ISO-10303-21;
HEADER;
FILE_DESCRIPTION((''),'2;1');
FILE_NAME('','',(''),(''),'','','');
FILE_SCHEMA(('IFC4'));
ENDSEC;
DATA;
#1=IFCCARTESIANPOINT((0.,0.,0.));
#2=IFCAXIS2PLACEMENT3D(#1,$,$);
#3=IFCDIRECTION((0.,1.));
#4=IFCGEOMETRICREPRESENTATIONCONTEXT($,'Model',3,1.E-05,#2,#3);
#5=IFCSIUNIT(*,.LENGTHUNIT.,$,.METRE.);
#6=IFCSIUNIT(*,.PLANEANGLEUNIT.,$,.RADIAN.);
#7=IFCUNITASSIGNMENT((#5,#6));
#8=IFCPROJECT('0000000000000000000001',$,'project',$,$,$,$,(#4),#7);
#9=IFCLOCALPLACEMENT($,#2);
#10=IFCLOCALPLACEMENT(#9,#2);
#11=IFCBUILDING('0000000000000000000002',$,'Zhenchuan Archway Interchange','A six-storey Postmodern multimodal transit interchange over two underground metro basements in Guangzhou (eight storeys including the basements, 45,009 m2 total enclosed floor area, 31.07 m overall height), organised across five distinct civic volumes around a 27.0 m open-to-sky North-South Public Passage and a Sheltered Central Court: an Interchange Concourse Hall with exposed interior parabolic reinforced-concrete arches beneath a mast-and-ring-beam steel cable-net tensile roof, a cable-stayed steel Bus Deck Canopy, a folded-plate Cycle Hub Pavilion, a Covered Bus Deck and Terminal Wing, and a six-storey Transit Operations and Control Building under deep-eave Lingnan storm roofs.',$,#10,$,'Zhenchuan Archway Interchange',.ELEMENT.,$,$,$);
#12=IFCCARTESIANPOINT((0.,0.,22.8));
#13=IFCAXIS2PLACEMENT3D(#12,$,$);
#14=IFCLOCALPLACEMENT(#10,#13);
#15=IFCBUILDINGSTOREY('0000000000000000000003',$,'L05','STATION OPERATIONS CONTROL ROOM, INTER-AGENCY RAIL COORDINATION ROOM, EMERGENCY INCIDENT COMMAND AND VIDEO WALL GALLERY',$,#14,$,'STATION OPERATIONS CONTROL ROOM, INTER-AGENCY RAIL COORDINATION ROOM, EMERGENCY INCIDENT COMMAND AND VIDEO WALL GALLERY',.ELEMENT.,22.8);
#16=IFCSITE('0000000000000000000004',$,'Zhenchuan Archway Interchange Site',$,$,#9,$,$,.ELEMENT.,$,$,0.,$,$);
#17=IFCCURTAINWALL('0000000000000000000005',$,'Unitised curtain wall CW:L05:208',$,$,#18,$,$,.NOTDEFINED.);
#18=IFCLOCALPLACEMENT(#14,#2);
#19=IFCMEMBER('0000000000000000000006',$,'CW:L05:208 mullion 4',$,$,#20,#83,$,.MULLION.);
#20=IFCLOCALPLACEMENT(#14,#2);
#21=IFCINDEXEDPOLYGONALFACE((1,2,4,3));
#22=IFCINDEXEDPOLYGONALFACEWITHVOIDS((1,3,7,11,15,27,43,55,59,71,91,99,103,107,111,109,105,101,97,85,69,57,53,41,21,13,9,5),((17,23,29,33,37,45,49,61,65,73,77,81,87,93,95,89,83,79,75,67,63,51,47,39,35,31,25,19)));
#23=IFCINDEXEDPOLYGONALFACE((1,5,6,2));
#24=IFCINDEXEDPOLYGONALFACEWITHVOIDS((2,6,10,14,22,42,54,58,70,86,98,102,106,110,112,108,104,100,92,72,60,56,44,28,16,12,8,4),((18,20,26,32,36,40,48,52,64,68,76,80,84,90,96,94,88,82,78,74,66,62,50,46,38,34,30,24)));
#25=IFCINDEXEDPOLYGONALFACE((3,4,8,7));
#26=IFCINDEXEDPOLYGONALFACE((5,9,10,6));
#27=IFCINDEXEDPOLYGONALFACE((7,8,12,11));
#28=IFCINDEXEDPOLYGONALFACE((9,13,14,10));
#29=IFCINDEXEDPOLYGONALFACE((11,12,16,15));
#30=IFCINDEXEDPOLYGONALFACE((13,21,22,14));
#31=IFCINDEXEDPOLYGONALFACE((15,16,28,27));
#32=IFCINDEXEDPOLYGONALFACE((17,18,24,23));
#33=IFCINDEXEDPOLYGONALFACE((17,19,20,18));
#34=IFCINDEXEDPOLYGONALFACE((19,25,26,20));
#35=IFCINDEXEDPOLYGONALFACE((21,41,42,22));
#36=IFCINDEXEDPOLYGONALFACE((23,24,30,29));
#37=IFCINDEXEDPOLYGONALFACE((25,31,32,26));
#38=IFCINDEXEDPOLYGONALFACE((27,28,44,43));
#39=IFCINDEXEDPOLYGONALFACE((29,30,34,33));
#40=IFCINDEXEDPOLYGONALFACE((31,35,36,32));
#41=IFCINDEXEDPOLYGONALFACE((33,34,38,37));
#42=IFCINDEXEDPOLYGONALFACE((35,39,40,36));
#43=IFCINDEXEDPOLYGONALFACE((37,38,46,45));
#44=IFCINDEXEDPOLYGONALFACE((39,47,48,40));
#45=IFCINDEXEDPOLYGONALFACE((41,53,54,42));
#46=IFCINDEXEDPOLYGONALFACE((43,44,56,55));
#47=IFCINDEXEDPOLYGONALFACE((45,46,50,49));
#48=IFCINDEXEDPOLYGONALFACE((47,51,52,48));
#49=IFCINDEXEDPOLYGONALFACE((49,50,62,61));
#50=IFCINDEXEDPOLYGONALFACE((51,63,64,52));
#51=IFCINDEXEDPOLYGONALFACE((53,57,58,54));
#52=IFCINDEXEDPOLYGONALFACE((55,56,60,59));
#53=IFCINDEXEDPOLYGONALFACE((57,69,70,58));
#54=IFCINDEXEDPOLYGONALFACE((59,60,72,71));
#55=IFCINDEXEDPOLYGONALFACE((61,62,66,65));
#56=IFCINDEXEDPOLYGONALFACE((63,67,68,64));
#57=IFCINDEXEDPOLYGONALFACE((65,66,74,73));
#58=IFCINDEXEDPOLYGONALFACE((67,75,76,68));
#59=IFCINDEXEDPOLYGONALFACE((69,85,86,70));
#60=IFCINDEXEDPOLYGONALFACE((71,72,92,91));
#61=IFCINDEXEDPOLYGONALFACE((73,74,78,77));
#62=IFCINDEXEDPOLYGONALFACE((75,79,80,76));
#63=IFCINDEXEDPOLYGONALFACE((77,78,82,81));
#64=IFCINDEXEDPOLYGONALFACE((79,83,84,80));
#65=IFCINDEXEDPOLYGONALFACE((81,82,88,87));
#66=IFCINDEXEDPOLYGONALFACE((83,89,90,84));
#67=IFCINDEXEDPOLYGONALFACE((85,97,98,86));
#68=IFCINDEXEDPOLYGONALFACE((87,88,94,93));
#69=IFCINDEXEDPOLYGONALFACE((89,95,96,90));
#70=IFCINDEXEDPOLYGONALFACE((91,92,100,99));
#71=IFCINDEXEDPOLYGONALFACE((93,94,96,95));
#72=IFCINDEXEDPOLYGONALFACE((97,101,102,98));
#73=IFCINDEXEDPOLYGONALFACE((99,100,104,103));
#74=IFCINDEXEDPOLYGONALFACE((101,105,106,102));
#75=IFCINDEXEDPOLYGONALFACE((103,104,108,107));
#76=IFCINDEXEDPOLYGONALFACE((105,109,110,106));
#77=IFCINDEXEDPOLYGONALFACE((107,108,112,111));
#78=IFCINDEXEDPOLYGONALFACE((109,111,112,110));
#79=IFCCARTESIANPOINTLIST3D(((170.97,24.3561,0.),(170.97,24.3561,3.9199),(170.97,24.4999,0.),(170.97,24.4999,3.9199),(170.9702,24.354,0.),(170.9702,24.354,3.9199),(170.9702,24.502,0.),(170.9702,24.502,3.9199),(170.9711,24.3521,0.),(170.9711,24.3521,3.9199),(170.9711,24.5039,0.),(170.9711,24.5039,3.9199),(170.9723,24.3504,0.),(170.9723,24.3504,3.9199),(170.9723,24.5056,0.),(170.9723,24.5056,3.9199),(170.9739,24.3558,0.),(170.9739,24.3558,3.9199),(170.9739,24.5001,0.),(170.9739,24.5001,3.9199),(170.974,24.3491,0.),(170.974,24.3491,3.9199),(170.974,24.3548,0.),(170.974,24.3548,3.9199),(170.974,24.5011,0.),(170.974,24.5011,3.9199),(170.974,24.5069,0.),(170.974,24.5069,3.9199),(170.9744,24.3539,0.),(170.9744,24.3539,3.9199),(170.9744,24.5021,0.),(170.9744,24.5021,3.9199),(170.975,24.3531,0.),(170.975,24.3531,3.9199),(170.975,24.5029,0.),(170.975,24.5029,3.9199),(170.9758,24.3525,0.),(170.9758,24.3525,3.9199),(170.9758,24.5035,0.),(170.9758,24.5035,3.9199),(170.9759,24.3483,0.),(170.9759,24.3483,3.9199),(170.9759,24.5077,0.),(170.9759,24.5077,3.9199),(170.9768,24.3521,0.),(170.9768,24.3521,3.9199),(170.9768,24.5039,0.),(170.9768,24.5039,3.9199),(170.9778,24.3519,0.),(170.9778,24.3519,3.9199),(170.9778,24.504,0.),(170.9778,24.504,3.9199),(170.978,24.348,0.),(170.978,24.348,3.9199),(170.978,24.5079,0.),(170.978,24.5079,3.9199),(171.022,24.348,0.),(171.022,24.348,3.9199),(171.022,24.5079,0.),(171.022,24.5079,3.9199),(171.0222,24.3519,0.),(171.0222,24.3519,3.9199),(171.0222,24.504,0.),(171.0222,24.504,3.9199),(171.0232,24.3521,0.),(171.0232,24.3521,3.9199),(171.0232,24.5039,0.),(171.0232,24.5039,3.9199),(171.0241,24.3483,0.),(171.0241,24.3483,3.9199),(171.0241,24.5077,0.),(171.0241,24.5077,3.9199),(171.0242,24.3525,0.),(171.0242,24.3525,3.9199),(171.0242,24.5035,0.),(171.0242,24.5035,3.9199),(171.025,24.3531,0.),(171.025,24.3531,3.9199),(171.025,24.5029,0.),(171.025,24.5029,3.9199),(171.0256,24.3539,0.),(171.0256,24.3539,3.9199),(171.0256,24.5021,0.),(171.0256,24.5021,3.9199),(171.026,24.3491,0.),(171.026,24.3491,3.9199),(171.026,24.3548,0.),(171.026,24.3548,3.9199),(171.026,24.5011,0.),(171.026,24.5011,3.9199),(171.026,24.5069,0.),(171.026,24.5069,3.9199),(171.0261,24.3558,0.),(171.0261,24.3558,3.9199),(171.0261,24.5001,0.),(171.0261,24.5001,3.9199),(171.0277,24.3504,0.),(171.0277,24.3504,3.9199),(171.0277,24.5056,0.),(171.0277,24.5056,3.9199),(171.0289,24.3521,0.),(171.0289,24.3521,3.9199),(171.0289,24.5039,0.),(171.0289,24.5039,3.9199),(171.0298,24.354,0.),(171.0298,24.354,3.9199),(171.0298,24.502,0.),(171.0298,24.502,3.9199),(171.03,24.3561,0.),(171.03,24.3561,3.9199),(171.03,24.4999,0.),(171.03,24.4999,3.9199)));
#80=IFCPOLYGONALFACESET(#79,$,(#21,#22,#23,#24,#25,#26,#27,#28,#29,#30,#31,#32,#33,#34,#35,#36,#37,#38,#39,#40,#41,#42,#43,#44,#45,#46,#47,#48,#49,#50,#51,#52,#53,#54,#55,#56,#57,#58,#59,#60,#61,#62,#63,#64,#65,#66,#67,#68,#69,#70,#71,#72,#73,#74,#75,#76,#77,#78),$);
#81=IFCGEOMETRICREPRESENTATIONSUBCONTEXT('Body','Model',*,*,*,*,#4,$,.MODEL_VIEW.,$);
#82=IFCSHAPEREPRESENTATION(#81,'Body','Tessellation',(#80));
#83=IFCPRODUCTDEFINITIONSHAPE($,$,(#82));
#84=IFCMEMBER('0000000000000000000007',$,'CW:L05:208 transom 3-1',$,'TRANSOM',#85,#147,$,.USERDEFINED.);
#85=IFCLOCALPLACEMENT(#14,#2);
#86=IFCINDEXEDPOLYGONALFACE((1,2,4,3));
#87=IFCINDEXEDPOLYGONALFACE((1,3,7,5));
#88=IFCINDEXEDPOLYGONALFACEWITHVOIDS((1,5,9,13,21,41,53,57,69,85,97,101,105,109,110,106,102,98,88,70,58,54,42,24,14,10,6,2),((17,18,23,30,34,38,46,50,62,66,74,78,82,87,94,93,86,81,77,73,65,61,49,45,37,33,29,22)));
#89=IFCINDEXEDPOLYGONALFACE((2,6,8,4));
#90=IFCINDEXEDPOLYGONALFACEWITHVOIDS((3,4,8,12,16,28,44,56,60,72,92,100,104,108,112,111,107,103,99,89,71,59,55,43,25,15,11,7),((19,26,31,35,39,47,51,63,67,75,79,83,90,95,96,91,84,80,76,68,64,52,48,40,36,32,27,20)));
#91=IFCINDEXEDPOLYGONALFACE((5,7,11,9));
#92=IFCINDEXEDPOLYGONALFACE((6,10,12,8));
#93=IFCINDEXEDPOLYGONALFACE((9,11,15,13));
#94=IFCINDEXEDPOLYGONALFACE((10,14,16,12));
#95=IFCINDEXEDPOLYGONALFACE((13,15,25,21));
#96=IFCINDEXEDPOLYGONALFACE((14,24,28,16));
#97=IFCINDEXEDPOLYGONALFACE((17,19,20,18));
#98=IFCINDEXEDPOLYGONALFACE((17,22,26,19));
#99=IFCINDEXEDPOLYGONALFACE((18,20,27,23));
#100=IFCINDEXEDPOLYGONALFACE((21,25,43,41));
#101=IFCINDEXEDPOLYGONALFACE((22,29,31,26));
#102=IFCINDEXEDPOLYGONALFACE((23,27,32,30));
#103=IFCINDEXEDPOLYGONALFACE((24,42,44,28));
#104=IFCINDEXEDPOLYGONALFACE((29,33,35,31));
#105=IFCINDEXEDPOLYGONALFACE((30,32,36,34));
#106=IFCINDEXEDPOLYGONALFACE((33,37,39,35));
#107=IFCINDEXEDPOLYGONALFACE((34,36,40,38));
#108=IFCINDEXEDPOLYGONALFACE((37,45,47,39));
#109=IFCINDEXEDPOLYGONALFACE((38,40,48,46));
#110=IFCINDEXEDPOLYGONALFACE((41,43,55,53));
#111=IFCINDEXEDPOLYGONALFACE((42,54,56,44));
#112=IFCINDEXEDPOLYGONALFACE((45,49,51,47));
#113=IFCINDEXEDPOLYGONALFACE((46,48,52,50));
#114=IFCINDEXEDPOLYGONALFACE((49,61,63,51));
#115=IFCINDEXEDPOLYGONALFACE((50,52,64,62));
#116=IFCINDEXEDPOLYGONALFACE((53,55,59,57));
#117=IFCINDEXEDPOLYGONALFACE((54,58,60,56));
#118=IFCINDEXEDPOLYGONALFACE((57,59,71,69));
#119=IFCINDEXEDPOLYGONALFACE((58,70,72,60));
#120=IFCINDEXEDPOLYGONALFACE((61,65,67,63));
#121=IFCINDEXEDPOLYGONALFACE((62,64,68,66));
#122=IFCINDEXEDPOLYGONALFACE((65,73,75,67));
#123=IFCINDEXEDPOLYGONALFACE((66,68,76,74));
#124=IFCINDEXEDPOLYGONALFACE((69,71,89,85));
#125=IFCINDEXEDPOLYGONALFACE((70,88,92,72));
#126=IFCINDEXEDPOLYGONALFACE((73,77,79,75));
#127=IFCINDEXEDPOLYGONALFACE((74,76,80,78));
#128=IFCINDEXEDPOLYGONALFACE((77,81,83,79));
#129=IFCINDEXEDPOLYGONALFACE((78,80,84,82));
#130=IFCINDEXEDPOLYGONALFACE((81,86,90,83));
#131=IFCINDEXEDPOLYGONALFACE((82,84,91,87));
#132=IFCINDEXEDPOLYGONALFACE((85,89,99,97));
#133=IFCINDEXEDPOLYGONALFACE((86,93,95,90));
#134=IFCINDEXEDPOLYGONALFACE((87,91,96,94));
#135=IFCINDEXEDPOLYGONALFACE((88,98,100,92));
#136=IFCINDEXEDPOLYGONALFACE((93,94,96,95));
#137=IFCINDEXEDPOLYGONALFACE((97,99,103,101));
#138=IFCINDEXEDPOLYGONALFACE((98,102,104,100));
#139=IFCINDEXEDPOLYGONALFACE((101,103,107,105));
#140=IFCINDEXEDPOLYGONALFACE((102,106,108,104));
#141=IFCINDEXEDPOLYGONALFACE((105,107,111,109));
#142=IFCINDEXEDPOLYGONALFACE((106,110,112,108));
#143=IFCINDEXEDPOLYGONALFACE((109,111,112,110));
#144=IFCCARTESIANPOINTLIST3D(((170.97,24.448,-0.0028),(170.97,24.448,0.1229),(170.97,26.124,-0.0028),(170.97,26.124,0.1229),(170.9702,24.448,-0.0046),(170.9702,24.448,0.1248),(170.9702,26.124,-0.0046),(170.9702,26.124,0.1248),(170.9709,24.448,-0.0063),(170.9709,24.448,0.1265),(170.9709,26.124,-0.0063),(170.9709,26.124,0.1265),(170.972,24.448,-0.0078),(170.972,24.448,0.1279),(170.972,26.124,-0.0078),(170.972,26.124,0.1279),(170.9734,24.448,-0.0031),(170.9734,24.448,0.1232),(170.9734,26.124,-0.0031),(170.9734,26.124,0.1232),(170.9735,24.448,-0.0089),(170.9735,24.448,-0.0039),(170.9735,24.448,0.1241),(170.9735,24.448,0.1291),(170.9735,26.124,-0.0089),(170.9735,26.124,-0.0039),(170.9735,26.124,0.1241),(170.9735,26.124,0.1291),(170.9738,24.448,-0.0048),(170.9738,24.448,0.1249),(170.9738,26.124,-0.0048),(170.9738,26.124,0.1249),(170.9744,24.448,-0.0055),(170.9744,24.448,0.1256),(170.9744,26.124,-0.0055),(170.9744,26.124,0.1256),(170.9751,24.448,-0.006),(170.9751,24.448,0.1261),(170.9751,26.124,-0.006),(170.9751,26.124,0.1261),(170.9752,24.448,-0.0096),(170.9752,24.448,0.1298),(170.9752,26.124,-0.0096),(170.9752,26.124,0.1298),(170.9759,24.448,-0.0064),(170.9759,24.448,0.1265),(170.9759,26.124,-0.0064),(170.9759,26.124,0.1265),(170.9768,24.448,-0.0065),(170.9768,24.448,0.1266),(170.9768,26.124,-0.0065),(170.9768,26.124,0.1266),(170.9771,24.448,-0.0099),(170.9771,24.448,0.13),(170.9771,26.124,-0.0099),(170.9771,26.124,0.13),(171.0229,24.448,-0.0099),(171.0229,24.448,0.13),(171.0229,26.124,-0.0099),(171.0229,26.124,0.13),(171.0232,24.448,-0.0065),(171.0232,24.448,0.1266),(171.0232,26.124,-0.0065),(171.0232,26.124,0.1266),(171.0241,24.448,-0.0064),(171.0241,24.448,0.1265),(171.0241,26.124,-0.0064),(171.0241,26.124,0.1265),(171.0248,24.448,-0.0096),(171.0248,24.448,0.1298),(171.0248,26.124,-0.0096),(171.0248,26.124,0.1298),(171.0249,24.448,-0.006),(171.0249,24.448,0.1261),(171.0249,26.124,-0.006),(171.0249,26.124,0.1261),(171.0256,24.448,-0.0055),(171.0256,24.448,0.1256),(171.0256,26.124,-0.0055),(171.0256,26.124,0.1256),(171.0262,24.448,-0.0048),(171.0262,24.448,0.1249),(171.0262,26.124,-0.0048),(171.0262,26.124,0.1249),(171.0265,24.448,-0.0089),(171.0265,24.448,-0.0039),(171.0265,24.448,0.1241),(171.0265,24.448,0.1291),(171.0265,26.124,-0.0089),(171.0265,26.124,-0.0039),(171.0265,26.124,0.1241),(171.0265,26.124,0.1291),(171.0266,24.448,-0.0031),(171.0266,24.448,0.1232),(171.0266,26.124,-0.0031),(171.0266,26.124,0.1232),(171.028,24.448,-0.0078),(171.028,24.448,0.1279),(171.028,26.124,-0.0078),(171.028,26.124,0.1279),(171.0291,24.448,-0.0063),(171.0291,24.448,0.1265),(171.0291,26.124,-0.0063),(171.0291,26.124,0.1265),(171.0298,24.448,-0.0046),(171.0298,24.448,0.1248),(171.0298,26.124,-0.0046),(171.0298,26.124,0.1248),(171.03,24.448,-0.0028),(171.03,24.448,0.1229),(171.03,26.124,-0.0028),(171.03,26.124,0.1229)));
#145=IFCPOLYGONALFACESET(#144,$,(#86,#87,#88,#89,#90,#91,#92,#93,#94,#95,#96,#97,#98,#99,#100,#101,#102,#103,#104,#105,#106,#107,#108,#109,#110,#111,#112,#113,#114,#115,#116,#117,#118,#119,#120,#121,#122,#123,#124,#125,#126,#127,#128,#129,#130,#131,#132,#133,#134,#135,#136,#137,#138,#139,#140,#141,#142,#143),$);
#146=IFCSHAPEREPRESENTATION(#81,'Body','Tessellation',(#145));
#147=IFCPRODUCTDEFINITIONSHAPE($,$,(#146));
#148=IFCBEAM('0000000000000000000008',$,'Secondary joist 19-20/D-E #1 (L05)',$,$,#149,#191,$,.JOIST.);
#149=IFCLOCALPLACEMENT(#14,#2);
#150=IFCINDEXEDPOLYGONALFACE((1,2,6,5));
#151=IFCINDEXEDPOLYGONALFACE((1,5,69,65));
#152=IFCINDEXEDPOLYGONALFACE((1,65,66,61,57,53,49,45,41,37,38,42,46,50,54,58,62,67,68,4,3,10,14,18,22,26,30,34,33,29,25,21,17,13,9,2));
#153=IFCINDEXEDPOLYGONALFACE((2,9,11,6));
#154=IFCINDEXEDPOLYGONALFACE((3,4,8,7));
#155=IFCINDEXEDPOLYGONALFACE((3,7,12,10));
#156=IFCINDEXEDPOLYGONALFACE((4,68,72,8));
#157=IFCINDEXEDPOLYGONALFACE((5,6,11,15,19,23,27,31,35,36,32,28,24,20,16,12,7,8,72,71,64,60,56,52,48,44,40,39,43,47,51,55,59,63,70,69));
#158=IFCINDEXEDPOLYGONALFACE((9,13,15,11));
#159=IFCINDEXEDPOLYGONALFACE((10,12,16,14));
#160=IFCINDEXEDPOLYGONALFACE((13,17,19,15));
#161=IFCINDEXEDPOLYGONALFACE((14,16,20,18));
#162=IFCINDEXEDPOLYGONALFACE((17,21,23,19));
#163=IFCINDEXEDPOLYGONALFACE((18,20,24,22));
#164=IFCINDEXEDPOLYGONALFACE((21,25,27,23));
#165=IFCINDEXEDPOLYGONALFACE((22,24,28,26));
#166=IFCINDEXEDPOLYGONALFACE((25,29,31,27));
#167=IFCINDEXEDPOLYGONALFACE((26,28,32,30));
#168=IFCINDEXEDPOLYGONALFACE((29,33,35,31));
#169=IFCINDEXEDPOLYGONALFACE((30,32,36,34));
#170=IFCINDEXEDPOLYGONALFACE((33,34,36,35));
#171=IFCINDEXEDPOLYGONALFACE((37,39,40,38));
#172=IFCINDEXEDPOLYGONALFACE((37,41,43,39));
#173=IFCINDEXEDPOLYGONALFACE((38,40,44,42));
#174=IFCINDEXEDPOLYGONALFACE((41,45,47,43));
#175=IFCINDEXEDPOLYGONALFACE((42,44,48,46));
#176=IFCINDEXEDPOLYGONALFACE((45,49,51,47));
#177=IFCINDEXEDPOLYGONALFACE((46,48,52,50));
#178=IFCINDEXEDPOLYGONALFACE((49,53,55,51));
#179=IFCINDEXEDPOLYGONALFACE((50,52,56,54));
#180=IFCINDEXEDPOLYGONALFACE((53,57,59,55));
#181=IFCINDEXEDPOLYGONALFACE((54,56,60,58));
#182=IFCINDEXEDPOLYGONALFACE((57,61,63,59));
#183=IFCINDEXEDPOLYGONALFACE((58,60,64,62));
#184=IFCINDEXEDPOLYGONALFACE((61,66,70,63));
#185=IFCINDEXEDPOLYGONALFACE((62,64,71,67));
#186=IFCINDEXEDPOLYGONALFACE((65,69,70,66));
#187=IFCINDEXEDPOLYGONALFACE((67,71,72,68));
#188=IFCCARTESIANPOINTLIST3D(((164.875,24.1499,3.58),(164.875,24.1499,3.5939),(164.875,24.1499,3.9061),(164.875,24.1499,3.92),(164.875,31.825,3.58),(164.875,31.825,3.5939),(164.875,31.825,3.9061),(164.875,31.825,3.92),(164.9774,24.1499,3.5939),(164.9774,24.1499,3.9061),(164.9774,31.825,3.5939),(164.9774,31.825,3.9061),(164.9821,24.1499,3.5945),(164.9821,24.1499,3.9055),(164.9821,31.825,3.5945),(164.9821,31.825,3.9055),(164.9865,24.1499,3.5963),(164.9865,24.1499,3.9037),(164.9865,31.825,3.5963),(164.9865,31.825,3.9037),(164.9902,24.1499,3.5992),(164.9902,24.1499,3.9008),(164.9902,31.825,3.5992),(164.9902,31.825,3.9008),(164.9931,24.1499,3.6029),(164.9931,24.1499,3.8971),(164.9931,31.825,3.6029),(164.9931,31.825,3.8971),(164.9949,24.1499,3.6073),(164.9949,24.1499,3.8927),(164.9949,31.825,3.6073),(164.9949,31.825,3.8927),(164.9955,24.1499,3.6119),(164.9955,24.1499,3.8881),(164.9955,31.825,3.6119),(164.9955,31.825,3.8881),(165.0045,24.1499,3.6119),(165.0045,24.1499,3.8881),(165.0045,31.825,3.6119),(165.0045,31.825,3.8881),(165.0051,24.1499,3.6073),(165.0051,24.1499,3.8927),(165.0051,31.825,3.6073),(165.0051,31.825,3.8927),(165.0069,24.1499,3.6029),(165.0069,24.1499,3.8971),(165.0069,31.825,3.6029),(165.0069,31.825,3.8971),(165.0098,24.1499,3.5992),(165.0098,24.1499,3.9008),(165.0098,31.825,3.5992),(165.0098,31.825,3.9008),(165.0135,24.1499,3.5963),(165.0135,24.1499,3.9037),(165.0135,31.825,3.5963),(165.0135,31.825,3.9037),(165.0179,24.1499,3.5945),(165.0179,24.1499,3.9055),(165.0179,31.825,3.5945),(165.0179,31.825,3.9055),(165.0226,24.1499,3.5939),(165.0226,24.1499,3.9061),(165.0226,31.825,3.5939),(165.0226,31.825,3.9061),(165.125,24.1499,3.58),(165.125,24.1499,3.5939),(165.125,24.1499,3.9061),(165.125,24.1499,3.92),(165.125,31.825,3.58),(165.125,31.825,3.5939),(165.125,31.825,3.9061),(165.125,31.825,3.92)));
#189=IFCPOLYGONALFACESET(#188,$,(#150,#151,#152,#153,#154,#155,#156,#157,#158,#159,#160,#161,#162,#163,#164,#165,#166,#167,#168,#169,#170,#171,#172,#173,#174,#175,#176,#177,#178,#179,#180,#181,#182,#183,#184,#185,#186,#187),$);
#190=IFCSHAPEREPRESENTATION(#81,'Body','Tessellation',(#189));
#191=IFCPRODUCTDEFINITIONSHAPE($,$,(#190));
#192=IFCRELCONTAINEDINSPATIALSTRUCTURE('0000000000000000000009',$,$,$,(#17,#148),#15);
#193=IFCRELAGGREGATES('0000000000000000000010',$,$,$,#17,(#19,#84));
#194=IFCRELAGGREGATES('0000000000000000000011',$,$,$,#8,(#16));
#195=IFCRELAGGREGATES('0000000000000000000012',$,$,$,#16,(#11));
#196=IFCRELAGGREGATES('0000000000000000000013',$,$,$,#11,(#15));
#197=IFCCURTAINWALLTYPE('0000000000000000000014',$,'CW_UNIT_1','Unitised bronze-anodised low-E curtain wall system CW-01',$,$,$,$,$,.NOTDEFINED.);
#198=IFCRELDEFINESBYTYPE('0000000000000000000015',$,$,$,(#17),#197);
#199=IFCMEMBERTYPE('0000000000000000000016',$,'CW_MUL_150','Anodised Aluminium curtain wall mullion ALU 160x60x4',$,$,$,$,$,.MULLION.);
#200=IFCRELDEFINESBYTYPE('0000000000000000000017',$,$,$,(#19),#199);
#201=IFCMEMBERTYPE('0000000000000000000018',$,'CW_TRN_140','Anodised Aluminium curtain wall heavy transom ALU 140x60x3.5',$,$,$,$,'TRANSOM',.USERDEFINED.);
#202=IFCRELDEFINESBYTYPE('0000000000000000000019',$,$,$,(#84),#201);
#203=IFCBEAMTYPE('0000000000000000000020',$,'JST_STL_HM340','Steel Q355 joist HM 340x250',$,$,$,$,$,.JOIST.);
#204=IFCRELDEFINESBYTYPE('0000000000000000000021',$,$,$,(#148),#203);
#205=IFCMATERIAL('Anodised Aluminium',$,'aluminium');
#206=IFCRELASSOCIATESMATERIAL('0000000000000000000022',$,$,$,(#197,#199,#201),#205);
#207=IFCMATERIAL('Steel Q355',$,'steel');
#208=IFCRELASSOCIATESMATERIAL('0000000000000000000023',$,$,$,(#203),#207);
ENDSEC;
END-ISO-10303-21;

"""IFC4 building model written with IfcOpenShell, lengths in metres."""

from ifc_helpers import new_model, si_unit, direction, frame, origin, origin_2d, place, context, subcontext, project, spatial, hollow_rectangle, i_section, extrude, material, material_profile, profile_set, type_object, element, aggregate, save


model = new_model("IFC4")

# Units and contexts
model_context = context("Model", 3, precision=1e-05, world=origin(), true_north=direction((0.0, 1.0)))
body_context = subcontext(model_context, "Body", "Model", "MODEL_VIEW")
ifc_project = project(units=[si_unit("LENGTHUNIT", "METRE"), si_unit("PLANEANGLEUNIT", "RADIAN")], contexts=[model_context])

# Site, building, storey
site_placement = place(None, origin())
site = spatial("IfcSite", under=ifc_project, at=site_placement, Name="Zhenchuan Archway Interchange Site", CompositionType="ELEMENT", RefElevation=0.0)
building_placement = place(site_placement, origin())
building = spatial("IfcBuilding", under=site, at=building_placement, Name="Zhenchuan Archway Interchange", Description="A six-storey Postmodern multimodal transit interchange over two underground metro basements in Guangzhou (eight storeys including the basements, 45,009 m2 total enclosed floor area, 31.07 m overall height), organised across five distinct civic volumes around a 27.0 m open-to-sky North-South Public Passage and a Sheltered Central Court: an Interchange Concourse Hall with exposed interior parabolic reinforced-concrete arches beneath a mast-and-ring-beam steel cable-net tensile roof, a cable-stayed steel Bus Deck Canopy, a folded-plate Cycle Hub Pavilion, a Covered Bus Deck and Terminal Wing, and a six-storey Transit Operations and Control Building under deep-eave Lingnan storm roofs.", LongName="Zhenchuan Archway Interchange", CompositionType="ELEMENT")
storey_placement = place(building_placement, frame((0.0, 0.0, 22.8)))
storey = spatial("IfcBuildingStorey", under=building, at=storey_placement, Name="L05", Description="STATION OPERATIONS CONTROL ROOM, INTER-AGENCY RAIL COORDINATION ROOM, EMERGENCY INCIDENT COMMAND AND VIDEO WALL GALLERY", LongName="STATION OPERATIONS CONTROL ROOM, INTER-AGENCY RAIL COORDINATION ROOM, EMERGENCY INCIDENT COMMAND AND VIDEO WALL GALLERY", CompositionType="ELEMENT", Elevation=22.8)

# Shared definitions
ifc_material_1 = material(Name="Steel Q355", Category="steel")

# Curtain wall, members
ifc_material_2 = material(Name="Anodised Aluminium", Category="aluminium")
curtain_wall_type = type_object("IfcCurtainWallType", Name="CW_UNIT_1", Description="Unitised bronze-anodised low-E curtain wall system CW-01", PredefinedType="NOTDEFINED", material=ifc_material_2)
curtain_wall_placement = place(storey_placement, origin())
curtain_wall = element("IfcCurtainWall", 1, at=curtain_wall_placement, inside=storey, type_object=curtain_wall_type, Name="Unitised curtain wall CW:L05:208", PredefinedType="NOTDEFINED")
ifc_material_profile_1 = material_profile(ifc_material_2, hollow_rectangle(XDim=0.0601, YDim=0.1599, WallThickness=0.0039, InnerFilletRadius=0.0039, OuterFilletRadius=0.0081, at=origin_2d()), Name="ALU 160x60x4")
ifc_profile_set_1 = profile_set([ifc_material_profile_1], Name="Anodised Aluminium")
member_type_1 = type_object("IfcMemberType", Name="CW_MUL_150", Description="Anodised Aluminium curtain wall mullion ALU 160x60x4", PredefinedType="MULLION", material=ifc_profile_set_1)
member_1_placement = place(storey_placement, frame((171.0, 24.428, 0.0), z_axis=(0.0, 0.0, 1.0), x_axis=(1.0, 0.0, 0.0)))
member_1 = element("IfcMember", 2, at=member_1_placement, type_object=member_type_1, Name="CW:L05:208 mullion 4", PredefinedType="MULLION", context=body_context, shape_type="SweptSolid", body=[
    extrude(hollow_rectangle(XDim=0.0601, YDim=0.1599, WallThickness=0.0039, InnerFilletRadius=0.0039, OuterFilletRadius=0.0081, at=origin_2d()), origin(), (0.0, 0.0, 1.0), 3.9199),
])
ifc_material_profile_2 = material_profile(ifc_material_2, hollow_rectangle(XDim=0.0601, YDim=0.1399, WallThickness=0.0034, InnerFilletRadius=0.0034, OuterFilletRadius=0.0071, at=origin_2d()), Name="ALU 140x60x3.5")
ifc_profile_set_2 = profile_set([ifc_material_profile_2], Name="Anodised Aluminium")
member_type_2 = type_object("IfcMemberType", Name="CW_TRN_140", Description="Anodised Aluminium curtain wall heavy transom ALU 140x60x3.5", ElementType="TRANSOM", PredefinedType="USERDEFINED", material=ifc_profile_set_2)
member_2_placement = place(storey_placement, frame((171.0, 26.124, 0.0601), z_axis=(0.0, -1.0, 0.0), x_axis=(1.0, 0.0, 0.0)))
member_2 = element("IfcMember", 3, at=member_2_placement, type_object=member_type_2, Name="CW:L05:208 transom 3-1", ObjectType="TRANSOM", PredefinedType="USERDEFINED", context=body_context, shape_type="SweptSolid", body=[
    extrude(hollow_rectangle(XDim=0.0601, YDim=0.1399, WallThickness=0.0034, InnerFilletRadius=0.0034, OuterFilletRadius=0.0071, at=origin_2d()), origin(), (0.0, 0.0, 1.0), 1.676),
])

# Beam
ifc_material_profile_3 = material_profile(ifc_material_1, i_section(OverallWidth=0.25, OverallDepth=0.3401, WebThickness=0.009, FlangeThickness=0.0139, FilletRadius=0.0181, at=origin_2d()), Name="HM 340x250")
ifc_profile_set_3 = profile_set([ifc_material_profile_3], Name="Steel Q355")
beam_type_1 = type_object("IfcBeamType", Name="JST_STL_HM340", Description="Steel Q355 joist HM 340x250", PredefinedType="JOIST", material=ifc_profile_set_3)
for number, where, z_axis, x_axis, name in (
    (4, (165.0, 24.1499, 3.75), (0.0, 1.0, 0.0), (-1.0, 0.0, 0.0), "Secondary joist 19-20/D-E #1 (L05)"),
):
    element("IfcBeam", number, at=place(storey_placement, frame(where, z_axis=z_axis, x_axis=x_axis)), inside=storey, type_object=beam_type_1, Name=name, PredefinedType="JOIST", context=body_context, shape_type="SweptSolid", body=[
        extrude(i_section(OverallWidth=0.25, OverallDepth=0.3401, WebThickness=0.009, FlangeThickness=0.0139, FilletRadius=0.0181, at=origin_2d()), origin(), (0.0, 0.0, 1.0), 7.675),
    ])

aggregate(curtain_wall, [member_1, member_2])

save(model, "model.ifc")
